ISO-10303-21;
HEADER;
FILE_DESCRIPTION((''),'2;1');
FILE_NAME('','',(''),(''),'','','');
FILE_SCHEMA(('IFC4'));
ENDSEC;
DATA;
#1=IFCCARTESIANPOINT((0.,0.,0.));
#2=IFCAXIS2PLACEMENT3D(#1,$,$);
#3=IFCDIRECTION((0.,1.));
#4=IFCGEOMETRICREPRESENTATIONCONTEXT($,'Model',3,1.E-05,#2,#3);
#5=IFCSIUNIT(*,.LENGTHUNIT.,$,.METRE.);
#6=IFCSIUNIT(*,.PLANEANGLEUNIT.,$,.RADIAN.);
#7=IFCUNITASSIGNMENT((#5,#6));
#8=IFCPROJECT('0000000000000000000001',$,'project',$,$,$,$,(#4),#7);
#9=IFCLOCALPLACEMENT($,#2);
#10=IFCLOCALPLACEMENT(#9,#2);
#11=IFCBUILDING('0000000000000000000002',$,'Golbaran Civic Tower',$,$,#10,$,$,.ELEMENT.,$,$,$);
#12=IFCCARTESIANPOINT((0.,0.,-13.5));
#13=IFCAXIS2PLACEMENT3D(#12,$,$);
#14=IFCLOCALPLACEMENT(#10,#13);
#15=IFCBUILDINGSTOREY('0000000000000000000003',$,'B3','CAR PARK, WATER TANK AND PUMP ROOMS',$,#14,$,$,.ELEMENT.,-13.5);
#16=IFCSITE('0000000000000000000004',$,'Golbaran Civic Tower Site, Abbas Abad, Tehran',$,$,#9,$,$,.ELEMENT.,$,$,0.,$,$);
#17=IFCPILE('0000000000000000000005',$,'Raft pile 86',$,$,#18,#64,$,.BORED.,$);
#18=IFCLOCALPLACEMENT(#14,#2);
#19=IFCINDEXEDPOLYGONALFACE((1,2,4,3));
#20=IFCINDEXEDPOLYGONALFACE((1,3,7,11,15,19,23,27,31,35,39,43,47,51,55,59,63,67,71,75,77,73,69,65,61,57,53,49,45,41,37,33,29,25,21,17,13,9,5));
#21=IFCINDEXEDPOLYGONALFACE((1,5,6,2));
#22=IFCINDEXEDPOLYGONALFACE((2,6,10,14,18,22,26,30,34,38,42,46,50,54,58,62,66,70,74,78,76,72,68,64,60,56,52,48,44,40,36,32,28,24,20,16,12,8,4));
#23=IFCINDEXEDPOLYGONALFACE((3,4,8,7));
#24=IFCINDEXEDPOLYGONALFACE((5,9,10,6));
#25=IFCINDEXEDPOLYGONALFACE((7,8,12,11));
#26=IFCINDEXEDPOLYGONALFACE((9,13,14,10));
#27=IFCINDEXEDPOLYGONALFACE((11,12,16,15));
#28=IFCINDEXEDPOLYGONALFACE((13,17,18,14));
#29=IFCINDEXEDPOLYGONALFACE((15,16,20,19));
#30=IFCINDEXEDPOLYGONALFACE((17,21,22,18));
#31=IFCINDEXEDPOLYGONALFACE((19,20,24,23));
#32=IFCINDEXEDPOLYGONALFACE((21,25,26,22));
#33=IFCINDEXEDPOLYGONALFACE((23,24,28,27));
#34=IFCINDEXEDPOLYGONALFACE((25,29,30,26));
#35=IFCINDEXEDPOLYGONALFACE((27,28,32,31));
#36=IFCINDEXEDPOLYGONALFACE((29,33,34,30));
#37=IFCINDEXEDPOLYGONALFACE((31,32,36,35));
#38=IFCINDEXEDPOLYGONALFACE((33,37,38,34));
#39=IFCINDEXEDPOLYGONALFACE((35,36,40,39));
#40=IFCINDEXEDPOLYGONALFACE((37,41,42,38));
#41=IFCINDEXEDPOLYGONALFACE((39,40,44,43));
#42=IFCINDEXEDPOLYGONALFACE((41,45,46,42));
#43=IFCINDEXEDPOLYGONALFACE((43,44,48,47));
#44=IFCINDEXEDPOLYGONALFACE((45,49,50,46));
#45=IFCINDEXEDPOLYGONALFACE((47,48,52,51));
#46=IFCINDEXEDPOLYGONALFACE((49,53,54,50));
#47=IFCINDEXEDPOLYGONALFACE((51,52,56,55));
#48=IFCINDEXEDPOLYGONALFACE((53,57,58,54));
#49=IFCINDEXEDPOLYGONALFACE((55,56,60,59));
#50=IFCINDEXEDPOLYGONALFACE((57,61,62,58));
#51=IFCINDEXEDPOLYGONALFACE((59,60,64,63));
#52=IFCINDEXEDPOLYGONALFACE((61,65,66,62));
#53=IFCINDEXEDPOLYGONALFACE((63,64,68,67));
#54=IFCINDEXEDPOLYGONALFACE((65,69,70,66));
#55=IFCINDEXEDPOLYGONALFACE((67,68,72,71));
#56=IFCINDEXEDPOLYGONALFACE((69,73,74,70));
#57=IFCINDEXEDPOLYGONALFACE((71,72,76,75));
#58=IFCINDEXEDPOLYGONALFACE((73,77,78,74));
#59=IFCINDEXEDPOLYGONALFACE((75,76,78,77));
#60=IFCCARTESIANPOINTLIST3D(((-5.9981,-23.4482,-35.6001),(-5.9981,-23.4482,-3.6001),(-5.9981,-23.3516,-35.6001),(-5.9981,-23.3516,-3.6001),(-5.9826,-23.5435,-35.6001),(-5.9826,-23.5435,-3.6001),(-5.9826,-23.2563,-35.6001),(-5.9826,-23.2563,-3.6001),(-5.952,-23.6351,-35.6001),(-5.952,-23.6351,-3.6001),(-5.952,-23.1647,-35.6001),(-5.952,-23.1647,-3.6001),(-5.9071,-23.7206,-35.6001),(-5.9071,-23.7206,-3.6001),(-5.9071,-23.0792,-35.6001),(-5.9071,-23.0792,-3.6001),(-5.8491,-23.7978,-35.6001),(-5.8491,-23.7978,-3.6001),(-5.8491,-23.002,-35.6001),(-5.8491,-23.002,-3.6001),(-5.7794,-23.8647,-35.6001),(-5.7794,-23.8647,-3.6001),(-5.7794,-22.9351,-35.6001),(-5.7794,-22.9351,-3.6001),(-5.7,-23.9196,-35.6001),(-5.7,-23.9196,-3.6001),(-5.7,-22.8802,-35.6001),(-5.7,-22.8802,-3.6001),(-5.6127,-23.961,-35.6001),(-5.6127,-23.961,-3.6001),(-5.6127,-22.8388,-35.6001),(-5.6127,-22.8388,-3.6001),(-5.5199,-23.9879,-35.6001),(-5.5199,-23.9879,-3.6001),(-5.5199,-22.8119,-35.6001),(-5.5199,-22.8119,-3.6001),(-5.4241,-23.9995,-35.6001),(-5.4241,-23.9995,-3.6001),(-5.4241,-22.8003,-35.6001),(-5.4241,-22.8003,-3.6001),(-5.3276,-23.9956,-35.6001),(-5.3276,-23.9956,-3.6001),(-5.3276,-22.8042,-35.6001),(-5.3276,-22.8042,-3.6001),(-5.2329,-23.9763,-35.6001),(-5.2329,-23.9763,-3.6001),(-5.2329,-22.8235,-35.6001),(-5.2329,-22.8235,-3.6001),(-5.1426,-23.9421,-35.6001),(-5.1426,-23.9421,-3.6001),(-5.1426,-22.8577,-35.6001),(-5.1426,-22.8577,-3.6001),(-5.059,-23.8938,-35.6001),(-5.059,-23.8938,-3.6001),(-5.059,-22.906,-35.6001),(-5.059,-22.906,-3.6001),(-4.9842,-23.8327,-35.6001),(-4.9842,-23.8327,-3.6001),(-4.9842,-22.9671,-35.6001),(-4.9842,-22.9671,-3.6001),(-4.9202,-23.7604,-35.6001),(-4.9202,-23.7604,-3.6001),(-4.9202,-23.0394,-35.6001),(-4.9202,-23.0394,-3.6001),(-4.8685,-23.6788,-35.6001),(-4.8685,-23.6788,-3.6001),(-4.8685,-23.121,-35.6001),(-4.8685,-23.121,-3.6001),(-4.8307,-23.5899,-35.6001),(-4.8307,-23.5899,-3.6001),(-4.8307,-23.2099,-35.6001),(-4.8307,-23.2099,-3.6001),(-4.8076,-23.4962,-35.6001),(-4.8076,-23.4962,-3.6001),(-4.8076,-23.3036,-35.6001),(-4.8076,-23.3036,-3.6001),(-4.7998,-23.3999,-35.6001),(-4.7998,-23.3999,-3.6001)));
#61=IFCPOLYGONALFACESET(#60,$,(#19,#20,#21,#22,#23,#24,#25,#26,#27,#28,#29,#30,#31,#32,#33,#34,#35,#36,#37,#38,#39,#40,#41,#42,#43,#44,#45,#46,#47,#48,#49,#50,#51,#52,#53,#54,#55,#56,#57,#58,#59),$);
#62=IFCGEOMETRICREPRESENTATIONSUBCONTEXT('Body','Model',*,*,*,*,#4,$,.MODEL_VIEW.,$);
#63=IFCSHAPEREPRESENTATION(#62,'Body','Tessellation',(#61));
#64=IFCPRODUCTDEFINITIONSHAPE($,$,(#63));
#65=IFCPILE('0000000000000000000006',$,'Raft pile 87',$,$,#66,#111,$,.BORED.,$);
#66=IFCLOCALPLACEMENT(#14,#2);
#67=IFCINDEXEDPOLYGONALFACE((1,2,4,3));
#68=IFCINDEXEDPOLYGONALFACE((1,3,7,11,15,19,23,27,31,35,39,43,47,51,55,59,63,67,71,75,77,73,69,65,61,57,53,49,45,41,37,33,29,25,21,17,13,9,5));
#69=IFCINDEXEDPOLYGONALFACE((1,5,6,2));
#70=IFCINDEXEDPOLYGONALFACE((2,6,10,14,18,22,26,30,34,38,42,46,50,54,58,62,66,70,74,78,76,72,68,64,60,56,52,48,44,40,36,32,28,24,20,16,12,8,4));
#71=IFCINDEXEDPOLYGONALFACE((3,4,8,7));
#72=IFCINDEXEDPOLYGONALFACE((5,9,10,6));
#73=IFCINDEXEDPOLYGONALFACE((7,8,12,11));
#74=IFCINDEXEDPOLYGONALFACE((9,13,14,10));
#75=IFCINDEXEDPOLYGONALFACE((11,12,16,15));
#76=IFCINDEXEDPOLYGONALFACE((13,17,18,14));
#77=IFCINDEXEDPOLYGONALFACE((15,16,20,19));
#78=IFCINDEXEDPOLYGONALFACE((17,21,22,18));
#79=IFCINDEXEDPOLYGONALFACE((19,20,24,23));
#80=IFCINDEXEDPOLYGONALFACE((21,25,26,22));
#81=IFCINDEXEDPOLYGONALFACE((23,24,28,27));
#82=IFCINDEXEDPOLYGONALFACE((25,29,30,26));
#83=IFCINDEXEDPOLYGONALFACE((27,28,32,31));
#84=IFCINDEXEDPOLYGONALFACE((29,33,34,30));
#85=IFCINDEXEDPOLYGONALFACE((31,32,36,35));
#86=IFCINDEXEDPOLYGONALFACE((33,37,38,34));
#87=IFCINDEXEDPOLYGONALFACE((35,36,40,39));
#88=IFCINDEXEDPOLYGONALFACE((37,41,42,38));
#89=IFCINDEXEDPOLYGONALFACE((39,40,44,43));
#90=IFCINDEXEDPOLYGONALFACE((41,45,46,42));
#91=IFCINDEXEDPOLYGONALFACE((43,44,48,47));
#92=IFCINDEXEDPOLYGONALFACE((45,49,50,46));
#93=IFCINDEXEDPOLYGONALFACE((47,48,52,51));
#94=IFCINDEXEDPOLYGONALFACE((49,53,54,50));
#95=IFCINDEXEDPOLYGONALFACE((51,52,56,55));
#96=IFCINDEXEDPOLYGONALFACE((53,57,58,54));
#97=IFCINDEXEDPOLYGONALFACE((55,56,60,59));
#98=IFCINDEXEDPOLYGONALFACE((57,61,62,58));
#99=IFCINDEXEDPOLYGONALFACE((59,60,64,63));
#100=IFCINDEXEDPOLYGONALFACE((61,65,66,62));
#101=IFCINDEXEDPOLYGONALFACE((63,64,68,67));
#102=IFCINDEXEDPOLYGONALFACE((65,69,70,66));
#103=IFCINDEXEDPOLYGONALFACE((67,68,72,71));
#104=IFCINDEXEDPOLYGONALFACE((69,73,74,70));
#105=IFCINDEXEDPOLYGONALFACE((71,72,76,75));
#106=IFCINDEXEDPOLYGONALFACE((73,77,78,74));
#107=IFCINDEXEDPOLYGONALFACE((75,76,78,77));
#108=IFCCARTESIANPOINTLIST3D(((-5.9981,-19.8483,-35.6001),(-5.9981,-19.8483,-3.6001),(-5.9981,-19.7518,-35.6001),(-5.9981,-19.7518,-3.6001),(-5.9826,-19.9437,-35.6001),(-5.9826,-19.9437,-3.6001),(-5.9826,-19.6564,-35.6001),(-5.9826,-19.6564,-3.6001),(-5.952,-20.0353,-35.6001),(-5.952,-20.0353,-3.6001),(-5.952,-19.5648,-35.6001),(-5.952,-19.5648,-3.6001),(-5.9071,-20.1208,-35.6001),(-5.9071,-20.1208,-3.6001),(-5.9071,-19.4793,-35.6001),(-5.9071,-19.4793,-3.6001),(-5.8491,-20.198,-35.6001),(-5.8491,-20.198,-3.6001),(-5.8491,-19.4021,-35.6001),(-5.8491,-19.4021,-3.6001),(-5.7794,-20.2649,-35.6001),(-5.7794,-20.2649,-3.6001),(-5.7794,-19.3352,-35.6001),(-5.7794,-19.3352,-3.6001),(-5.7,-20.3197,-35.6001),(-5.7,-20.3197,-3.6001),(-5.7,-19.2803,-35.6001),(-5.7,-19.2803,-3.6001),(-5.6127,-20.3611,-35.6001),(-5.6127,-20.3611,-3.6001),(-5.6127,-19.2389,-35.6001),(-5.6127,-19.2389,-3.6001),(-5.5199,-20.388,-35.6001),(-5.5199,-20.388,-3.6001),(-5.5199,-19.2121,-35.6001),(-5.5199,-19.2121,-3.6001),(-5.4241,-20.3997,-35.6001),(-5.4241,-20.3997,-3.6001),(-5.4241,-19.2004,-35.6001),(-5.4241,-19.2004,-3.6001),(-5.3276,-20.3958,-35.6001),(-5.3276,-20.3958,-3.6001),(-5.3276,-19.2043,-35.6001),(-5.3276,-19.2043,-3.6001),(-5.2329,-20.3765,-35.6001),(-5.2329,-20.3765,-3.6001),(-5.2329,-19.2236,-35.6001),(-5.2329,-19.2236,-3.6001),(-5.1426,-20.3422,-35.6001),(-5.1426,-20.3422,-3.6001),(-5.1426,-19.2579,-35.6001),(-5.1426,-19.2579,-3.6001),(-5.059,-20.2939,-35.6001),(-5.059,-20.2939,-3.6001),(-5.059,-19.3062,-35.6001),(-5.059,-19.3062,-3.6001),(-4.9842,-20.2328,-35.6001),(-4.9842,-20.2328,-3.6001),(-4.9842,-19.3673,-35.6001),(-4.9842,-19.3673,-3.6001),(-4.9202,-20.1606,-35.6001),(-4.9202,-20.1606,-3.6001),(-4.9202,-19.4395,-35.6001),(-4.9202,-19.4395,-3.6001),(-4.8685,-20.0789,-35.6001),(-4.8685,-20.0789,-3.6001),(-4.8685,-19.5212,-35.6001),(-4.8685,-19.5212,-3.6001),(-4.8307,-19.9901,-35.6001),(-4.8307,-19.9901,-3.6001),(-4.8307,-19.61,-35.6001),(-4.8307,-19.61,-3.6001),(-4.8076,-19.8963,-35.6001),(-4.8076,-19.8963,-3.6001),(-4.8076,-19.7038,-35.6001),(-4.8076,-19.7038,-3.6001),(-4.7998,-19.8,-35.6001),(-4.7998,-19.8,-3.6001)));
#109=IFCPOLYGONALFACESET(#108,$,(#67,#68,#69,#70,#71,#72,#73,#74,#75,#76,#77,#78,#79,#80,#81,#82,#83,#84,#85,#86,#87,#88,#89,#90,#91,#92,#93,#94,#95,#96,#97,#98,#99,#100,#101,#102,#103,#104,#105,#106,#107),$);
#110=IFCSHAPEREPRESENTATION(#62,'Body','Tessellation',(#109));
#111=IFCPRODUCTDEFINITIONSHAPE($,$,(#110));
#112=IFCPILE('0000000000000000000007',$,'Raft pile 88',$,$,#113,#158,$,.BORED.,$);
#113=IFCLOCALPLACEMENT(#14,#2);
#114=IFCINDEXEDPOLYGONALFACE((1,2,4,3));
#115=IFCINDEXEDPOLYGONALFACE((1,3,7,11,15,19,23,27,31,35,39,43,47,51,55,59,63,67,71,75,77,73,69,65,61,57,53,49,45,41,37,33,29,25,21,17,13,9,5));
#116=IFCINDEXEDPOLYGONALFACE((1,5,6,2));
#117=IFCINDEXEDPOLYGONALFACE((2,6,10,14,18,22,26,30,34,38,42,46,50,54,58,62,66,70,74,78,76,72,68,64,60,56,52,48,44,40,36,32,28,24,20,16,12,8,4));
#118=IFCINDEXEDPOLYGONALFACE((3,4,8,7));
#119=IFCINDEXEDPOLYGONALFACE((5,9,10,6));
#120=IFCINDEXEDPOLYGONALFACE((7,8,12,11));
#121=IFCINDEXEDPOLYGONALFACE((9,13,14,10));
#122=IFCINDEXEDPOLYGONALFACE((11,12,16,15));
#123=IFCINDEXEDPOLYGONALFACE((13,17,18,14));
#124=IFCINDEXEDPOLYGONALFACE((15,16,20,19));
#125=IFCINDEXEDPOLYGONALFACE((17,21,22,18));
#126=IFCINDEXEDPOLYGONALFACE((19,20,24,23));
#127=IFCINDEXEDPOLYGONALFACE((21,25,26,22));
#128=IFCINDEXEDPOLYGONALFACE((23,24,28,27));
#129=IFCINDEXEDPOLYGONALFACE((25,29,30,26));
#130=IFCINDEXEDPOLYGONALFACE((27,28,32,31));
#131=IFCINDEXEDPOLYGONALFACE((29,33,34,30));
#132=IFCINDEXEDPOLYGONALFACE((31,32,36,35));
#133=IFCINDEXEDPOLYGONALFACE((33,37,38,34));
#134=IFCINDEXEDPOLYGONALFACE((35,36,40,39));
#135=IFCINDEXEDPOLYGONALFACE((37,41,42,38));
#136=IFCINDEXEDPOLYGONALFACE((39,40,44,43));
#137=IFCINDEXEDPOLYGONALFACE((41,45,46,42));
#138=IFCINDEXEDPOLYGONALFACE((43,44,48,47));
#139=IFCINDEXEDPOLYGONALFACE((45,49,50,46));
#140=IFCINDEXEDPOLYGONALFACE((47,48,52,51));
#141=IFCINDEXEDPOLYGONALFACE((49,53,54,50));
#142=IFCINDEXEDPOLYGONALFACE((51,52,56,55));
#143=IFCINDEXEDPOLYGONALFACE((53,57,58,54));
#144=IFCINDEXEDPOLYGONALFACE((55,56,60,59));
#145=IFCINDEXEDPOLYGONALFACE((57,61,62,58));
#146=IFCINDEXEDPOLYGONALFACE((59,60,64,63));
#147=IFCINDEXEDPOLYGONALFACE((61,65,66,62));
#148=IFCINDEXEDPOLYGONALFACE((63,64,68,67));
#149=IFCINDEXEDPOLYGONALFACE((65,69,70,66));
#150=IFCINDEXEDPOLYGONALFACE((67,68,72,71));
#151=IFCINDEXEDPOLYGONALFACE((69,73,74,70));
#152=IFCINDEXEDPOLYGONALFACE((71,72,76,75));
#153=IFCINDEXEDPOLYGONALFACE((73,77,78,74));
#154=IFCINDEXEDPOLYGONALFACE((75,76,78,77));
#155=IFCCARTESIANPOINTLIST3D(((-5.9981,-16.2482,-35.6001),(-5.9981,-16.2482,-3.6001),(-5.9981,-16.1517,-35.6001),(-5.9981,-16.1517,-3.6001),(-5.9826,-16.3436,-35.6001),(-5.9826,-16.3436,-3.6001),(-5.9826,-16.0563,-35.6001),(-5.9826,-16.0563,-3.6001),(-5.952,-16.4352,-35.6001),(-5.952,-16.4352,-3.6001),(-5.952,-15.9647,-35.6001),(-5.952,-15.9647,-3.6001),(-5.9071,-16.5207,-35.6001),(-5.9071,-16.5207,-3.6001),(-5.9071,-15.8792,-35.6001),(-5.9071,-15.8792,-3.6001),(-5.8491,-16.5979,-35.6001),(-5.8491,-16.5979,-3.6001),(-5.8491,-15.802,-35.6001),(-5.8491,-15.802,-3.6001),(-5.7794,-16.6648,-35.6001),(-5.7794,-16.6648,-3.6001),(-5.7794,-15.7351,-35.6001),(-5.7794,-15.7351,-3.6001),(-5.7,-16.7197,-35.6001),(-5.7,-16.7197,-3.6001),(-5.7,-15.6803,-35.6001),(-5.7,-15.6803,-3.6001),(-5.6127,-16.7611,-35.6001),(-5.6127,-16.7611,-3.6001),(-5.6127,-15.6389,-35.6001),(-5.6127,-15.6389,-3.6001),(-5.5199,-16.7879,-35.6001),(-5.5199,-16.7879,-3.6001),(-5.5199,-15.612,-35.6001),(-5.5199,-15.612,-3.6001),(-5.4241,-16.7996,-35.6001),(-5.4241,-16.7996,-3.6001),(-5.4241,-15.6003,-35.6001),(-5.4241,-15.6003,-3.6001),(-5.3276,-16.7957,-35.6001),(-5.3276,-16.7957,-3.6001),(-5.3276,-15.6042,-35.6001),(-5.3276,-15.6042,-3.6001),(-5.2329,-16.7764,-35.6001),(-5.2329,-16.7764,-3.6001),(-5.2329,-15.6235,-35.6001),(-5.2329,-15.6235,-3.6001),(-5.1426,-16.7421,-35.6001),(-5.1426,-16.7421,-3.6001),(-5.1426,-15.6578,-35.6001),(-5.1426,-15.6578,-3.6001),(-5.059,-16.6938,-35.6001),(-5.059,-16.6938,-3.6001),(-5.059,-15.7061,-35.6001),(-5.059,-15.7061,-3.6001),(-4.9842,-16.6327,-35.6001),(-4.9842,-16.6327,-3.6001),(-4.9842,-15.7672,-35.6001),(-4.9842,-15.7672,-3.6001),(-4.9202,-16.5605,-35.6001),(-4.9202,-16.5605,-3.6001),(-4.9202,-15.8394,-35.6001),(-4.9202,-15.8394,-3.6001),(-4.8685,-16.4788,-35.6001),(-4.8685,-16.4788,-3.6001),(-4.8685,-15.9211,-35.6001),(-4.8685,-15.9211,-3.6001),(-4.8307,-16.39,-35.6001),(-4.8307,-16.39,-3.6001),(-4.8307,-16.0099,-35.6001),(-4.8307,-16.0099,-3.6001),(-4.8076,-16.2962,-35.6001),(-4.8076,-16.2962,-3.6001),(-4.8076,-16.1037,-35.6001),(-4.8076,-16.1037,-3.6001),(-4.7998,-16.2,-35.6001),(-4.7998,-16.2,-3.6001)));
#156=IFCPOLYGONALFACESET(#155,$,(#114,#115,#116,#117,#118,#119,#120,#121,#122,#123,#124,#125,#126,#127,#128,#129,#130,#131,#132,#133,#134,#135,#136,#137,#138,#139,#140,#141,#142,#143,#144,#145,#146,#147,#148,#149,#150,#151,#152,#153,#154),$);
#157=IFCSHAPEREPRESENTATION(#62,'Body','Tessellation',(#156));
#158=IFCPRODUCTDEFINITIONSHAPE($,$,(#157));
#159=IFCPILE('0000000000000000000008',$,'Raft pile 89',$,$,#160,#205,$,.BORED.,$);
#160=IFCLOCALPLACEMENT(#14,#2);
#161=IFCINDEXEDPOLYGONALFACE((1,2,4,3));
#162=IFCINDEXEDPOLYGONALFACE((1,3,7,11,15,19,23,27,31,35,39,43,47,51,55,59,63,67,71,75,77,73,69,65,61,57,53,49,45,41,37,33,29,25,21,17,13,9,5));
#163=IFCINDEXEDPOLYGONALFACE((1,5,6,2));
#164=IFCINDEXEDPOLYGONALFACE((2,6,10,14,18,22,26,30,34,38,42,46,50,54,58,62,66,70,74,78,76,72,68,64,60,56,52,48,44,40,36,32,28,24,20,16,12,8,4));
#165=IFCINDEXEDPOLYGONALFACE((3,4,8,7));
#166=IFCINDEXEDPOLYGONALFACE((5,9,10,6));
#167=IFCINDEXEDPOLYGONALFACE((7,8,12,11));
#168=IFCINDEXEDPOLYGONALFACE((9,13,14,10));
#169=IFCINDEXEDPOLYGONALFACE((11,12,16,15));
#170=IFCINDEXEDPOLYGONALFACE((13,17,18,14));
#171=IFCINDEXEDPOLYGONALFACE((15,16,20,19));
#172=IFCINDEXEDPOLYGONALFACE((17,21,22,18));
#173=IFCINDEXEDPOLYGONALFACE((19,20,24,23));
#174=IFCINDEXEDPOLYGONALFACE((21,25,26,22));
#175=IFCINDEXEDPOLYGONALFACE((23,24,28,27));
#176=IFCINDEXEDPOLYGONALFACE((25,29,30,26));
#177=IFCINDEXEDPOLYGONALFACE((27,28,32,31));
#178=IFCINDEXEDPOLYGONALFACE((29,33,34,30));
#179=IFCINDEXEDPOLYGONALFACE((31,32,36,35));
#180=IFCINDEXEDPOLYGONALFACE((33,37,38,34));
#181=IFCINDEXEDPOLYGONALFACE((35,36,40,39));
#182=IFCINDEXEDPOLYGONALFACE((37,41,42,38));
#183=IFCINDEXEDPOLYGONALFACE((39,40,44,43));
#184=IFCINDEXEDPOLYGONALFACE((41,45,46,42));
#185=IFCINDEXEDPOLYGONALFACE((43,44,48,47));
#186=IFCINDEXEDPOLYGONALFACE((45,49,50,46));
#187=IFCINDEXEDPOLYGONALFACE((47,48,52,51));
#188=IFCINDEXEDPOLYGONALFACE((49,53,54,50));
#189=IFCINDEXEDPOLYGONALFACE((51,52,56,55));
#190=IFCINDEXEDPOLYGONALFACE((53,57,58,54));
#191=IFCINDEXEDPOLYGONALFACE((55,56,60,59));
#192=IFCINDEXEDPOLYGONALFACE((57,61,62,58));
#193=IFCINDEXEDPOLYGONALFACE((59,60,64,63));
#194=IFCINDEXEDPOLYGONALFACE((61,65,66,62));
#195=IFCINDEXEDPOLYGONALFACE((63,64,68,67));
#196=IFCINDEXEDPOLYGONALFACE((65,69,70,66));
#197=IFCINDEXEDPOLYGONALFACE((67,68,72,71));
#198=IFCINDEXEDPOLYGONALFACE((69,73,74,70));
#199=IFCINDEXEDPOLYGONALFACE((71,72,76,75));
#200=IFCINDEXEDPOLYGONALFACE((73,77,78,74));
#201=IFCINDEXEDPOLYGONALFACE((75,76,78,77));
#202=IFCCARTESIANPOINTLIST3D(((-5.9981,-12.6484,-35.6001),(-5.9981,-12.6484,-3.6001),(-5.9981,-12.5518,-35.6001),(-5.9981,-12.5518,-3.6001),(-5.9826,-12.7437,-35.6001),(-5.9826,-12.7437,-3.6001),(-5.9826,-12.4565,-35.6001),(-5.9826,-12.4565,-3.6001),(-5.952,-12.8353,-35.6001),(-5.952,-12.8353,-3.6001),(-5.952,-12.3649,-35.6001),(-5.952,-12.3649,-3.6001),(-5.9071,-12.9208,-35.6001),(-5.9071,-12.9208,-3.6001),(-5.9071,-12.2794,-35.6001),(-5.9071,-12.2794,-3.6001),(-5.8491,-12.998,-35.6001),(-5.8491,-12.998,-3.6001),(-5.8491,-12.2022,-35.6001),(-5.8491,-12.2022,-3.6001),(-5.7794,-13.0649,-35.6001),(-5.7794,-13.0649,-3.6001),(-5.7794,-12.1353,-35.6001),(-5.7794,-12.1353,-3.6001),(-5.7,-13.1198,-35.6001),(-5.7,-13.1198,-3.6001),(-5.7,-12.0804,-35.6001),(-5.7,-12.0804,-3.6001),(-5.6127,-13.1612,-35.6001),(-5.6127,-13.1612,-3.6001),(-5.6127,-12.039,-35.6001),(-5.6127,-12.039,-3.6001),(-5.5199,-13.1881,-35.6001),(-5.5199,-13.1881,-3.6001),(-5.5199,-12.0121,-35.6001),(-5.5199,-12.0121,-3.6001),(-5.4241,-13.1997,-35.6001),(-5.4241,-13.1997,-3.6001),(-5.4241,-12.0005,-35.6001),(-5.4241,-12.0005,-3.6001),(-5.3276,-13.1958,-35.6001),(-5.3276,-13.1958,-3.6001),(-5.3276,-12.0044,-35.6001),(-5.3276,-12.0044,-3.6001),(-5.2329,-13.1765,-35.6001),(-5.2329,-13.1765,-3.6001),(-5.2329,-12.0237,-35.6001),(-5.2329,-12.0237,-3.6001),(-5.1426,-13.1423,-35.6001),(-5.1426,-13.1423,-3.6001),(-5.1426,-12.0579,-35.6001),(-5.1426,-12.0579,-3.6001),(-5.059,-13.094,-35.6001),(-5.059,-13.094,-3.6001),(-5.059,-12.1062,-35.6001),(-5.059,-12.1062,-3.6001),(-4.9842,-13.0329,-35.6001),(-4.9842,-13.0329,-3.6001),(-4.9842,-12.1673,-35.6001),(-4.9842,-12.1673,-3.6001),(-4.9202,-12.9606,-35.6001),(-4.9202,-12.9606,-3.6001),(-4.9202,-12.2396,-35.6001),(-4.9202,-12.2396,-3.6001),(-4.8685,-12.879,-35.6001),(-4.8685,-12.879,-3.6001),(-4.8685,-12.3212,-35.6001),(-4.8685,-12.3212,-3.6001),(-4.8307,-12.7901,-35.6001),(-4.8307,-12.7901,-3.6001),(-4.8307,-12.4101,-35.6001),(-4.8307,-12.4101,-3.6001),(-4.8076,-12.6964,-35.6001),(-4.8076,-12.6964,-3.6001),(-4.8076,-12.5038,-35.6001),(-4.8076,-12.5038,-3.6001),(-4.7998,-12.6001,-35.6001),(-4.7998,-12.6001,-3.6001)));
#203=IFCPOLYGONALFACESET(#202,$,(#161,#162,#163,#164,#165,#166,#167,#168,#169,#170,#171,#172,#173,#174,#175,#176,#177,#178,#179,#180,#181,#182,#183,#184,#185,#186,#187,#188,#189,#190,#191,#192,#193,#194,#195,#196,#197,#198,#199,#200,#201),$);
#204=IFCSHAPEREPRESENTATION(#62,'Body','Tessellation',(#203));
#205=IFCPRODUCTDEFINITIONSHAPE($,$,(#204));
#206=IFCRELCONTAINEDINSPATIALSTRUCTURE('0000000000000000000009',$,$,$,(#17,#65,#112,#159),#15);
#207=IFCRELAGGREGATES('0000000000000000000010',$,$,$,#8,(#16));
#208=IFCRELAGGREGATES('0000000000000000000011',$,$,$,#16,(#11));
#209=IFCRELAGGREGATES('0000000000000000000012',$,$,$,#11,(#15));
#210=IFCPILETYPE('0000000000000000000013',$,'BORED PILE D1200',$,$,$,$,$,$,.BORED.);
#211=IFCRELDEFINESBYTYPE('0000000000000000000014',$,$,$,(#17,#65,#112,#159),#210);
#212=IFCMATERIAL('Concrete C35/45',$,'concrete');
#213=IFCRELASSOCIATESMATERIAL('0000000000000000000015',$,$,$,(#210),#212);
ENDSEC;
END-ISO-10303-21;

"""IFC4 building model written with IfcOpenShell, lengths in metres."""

from ifc_helpers import new_model, si_unit, direction, frame, origin, origin_2d, place, context, subcontext, project, spatial, circle, extrude, material, material_profile, profile_set, type_object, element, save


model = new_model("IFC4")

# Units and contexts
model_context = context("Model", 3, precision=1e-05, world=origin(), true_north=direction((0.0, 1.0)))
body_context = subcontext(model_context, "Body", "Model", "MODEL_VIEW")
ifc_project = project(units=[si_unit("LENGTHUNIT", "METRE"), si_unit("PLANEANGLEUNIT", "RADIAN")], contexts=[model_context])

# Site, building, storey
site_placement = place(None, origin())
site = spatial("IfcSite", under=ifc_project, at=site_placement, Name="Golbaran Civic Tower Site, Abbas Abad, Tehran", CompositionType="ELEMENT", RefElevation=0.0)
building_placement = place(site_placement, origin())
building = spatial("IfcBuilding", under=site, at=building_placement, Name="Golbaran Civic Tower", CompositionType="ELEMENT")
storey_placement = place(building_placement, frame((0.0, 0.0, -13.5)))
storey = spatial("IfcBuildingStorey", under=building, at=storey_placement, Name="B3", Description="CAR PARK, WATER TANK AND PUMP ROOMS", CompositionType="ELEMENT", Elevation=-13.5)

# Piles
ifc_material_1 = material(Name="Concrete C35/45", Category="concrete")
ifc_material_profile_1 = material_profile(ifc_material_1, circle(Radius=0.6001, at=origin_2d()), Name="BORED PILE D1200")
ifc_profile_set_1 = profile_set([ifc_material_profile_1], Name="Concrete C35/45")
pile_type_1 = type_object("IfcPileType", Name="BORED PILE D1200", PredefinedType="BORED", material=ifc_profile_set_1)
for number, where, z_axis, x_axis, name in (
    (1, (-5.3999, -23.3999, -3.6001), (0.0, 0.0, -1.0), (1.0, 0.0, 0.0), "Raft pile 86"),
    (2, (-5.3999, -19.8, -3.6001), (0.0, 0.0, -1.0), (1.0, 0.0, 0.0), "Raft pile 87"),
    (3, (-5.3999, -16.2, -3.6001), (0.0, 0.0, -1.0), (1.0, 0.0, 0.0), "Raft pile 88"),
    (4, (-5.3999, -12.6001, -3.6001), (0.0, 0.0, -1.0), (1.0, 0.0, 0.0), "Raft pile 89"),
):
    element("IfcPile", number, at=place(storey_placement, frame(where, z_axis=z_axis, x_axis=x_axis)), inside=storey, type_object=pile_type_1, Name=name, PredefinedType="BORED", context=body_context, shape_type="SweptSolid", body=[
        extrude(circle(Radius=0.6001, at=origin_2d()), origin(), (0.0, 0.0, 1.0), 32.0),
    ])

save(model, "model.ifc")
